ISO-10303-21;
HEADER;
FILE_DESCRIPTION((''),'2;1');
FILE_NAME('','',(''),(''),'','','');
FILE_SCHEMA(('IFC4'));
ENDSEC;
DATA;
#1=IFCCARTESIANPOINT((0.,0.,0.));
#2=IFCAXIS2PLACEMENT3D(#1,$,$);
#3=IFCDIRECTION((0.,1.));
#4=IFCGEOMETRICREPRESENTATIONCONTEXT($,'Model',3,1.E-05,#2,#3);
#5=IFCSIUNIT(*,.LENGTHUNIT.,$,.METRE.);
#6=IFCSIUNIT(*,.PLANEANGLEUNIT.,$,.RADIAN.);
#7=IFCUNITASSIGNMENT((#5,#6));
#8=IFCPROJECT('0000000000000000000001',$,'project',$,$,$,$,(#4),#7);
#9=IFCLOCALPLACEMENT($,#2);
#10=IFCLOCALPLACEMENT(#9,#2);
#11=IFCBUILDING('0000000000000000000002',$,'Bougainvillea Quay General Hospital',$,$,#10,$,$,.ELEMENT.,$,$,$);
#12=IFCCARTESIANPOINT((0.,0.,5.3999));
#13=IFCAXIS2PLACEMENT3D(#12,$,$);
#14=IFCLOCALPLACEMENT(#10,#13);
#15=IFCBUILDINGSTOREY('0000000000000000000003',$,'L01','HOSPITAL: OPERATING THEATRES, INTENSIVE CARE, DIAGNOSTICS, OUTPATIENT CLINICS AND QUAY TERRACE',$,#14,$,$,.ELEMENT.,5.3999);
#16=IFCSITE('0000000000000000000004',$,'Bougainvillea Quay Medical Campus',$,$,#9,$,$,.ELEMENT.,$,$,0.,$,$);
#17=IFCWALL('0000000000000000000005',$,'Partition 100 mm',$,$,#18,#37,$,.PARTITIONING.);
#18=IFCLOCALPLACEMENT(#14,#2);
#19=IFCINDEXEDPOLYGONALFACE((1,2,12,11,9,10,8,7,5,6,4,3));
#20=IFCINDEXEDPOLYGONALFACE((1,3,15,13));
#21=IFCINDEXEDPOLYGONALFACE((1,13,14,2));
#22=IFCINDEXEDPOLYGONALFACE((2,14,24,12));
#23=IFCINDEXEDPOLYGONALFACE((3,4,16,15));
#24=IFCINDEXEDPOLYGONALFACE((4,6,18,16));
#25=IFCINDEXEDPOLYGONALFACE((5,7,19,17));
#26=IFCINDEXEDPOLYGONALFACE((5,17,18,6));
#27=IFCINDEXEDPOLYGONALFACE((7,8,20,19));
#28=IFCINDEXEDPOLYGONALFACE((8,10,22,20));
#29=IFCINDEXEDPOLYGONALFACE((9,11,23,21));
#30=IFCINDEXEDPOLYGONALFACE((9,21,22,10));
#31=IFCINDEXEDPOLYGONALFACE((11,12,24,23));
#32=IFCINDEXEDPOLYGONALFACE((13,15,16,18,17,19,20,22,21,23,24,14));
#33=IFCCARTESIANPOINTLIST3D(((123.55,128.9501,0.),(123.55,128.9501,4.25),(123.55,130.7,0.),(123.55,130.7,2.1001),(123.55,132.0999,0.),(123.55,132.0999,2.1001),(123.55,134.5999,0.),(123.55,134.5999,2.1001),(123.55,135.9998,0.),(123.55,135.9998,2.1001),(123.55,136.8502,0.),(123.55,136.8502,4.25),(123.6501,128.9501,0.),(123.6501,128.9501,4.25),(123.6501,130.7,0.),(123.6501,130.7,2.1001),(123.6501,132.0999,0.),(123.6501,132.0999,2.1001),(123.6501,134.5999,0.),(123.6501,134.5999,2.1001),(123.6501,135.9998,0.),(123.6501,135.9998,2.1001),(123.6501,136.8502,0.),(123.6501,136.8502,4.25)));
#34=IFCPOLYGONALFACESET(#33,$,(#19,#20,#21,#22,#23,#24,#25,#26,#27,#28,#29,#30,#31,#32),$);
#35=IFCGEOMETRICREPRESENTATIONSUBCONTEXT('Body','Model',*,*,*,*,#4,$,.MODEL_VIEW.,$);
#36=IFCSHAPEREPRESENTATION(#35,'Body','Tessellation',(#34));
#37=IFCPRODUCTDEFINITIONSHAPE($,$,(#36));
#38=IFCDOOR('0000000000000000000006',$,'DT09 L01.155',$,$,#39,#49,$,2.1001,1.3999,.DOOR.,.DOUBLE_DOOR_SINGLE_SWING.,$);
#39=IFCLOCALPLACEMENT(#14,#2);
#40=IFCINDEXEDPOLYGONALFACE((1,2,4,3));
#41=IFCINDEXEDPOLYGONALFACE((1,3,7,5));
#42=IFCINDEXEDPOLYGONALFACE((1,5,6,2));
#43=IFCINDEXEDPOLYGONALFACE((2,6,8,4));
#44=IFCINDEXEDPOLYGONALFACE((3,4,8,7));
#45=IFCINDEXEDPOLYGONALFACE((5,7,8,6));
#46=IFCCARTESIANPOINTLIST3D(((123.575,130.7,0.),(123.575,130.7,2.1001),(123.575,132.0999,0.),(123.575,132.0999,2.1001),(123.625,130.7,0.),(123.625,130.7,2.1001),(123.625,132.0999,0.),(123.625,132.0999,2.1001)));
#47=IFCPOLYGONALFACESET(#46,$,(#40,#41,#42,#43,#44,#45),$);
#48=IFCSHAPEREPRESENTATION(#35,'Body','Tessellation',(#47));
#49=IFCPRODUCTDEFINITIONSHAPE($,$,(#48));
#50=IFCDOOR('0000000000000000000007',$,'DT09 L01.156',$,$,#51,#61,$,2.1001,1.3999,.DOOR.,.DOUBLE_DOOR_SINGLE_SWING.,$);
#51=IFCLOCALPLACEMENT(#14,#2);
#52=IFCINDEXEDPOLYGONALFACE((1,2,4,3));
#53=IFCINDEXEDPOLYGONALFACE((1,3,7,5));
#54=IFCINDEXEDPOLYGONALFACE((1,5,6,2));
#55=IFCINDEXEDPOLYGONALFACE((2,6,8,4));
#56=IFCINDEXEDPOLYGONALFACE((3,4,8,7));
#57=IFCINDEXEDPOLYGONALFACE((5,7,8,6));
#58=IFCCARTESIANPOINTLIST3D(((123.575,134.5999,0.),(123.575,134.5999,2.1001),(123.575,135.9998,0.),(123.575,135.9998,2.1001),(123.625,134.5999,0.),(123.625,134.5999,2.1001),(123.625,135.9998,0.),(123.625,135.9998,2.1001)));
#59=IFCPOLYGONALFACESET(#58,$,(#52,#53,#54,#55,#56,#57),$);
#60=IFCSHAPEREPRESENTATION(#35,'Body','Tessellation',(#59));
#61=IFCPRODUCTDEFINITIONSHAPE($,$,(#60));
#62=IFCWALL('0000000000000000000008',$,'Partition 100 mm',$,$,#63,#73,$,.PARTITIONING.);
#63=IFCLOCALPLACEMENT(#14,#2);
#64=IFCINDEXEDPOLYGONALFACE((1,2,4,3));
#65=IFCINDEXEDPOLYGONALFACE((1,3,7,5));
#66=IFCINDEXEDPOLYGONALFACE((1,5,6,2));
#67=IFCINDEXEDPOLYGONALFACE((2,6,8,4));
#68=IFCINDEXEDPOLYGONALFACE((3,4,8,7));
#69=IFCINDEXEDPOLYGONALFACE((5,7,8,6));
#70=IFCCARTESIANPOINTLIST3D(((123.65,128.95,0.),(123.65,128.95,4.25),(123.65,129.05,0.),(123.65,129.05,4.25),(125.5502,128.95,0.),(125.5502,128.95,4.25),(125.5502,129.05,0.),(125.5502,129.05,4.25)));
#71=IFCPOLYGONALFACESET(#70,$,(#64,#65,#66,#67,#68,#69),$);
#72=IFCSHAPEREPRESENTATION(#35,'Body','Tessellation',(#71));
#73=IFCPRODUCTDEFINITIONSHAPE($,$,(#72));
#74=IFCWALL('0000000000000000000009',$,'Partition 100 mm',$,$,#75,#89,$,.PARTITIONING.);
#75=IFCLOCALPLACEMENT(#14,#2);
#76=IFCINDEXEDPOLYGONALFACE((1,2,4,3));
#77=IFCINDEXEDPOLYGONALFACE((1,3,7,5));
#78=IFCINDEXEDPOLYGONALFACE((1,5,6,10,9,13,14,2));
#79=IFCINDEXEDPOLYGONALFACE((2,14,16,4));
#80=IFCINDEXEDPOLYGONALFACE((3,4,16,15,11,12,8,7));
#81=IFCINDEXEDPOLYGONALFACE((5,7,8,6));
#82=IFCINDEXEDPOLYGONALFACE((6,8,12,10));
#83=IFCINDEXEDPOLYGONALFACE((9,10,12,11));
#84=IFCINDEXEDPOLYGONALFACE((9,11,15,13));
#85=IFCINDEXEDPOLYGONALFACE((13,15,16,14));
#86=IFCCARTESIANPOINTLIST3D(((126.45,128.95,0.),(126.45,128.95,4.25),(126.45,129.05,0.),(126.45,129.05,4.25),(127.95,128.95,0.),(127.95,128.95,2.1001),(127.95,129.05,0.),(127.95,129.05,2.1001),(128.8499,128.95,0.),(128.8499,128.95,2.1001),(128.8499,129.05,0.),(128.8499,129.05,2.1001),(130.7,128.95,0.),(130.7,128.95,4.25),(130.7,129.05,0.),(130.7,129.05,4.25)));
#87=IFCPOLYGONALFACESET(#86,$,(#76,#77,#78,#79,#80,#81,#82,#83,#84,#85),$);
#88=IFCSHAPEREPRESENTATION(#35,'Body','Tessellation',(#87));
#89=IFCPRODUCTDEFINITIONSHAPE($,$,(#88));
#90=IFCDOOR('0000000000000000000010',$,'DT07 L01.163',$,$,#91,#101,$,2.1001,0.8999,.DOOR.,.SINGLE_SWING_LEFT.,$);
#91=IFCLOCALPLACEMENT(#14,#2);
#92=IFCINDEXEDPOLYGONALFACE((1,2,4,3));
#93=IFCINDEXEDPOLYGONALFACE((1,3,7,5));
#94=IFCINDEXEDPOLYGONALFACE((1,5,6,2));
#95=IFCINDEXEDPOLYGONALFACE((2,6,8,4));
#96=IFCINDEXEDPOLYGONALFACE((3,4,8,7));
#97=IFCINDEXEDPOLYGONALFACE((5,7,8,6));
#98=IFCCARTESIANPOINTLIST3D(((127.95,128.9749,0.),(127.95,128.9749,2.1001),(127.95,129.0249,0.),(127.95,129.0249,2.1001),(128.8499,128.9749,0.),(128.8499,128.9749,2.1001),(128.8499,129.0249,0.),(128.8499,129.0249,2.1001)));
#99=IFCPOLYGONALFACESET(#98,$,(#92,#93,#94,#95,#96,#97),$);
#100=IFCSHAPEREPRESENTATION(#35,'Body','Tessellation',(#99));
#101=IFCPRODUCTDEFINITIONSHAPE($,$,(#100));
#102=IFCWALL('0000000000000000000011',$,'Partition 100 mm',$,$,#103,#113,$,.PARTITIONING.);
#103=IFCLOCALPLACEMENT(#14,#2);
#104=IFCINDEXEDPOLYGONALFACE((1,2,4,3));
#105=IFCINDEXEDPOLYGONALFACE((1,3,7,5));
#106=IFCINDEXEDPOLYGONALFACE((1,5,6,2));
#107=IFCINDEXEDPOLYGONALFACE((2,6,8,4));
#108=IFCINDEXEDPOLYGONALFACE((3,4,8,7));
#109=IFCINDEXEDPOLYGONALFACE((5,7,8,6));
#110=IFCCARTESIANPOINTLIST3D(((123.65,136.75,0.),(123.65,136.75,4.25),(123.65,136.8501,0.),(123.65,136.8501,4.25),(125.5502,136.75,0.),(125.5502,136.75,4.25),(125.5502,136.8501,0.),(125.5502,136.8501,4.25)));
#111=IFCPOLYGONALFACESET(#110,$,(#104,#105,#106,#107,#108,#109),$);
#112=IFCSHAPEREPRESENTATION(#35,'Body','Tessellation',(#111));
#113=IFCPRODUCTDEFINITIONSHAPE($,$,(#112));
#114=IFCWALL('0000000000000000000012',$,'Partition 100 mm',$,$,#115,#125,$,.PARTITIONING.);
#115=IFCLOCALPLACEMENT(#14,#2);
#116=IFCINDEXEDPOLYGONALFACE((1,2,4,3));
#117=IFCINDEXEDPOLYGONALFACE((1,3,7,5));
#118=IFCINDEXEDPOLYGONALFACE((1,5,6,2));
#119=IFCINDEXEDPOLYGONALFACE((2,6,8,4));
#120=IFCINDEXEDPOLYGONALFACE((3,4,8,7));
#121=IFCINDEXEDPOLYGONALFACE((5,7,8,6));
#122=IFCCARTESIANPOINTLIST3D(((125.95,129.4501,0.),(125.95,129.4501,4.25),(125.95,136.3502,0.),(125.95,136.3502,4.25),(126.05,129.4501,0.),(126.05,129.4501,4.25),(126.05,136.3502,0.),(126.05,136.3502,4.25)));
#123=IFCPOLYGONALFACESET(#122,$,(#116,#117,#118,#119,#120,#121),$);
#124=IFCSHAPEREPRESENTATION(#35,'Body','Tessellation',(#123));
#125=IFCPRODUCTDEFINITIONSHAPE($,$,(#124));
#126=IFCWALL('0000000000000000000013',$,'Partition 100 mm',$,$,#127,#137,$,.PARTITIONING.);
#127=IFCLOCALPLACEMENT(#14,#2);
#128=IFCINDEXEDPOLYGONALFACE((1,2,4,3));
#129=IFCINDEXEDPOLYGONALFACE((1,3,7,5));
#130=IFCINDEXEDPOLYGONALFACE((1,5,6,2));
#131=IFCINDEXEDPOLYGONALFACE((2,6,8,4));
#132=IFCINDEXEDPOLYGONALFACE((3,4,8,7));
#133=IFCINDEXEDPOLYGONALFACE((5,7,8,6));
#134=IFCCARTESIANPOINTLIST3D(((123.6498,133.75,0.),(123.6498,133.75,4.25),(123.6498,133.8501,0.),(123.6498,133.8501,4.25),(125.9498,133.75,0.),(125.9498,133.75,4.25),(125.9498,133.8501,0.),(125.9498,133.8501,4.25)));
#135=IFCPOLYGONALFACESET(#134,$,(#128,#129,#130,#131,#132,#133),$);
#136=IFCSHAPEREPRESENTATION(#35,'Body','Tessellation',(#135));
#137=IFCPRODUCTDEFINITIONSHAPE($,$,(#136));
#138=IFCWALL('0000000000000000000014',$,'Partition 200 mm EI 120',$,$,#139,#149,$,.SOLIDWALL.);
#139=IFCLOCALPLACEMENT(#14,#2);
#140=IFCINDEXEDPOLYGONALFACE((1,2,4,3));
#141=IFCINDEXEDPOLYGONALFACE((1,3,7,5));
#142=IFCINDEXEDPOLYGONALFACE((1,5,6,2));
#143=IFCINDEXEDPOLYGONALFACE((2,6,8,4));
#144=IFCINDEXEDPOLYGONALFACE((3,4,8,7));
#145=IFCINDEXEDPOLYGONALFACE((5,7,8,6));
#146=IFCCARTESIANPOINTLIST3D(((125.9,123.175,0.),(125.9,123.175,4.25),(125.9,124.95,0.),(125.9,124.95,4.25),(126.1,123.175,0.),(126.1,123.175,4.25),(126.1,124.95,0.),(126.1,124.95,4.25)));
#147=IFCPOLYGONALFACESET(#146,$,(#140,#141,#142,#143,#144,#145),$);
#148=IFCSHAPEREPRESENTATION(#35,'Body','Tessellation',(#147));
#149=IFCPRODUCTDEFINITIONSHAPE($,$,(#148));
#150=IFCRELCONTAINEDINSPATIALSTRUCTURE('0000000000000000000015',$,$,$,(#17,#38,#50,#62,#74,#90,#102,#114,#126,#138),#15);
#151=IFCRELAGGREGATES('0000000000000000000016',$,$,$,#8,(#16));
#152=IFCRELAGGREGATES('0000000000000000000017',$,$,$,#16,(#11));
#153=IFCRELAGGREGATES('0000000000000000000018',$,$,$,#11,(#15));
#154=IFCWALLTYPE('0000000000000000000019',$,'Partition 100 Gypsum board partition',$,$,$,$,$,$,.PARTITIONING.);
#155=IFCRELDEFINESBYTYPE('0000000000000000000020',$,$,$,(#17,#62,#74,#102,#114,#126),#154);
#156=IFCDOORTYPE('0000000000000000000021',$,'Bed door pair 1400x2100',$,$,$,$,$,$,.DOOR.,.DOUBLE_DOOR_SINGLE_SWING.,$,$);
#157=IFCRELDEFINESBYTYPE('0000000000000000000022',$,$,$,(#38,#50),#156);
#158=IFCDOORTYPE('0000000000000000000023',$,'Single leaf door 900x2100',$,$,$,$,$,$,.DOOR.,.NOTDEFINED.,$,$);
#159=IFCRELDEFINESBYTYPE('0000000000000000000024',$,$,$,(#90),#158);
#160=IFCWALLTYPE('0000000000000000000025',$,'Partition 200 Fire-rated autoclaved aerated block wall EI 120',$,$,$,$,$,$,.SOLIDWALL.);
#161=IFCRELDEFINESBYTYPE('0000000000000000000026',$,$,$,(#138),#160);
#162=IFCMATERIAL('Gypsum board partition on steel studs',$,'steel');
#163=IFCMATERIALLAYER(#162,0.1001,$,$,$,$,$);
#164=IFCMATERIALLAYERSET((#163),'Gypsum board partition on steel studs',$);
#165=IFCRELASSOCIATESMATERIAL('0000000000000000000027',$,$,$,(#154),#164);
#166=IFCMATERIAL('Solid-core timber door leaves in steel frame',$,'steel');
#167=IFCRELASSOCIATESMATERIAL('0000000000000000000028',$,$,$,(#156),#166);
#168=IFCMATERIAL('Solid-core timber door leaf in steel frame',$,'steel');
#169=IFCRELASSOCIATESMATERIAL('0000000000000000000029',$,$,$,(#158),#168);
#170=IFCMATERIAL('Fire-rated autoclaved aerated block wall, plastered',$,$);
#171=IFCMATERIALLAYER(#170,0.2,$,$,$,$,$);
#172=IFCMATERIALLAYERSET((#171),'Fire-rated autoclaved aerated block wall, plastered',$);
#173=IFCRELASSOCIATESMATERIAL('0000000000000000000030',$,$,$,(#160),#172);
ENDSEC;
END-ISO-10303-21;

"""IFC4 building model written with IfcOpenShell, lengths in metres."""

from ifc_helpers import new_model, si_unit, direction, frame, frame_2d, origin, place, context, subcontext, project, spatial, rectangle, extrude, material, layer, layer_set, type_object, element, fill, save


model = new_model("IFC4")

# Units and contexts
model_context = context("Model", 3, precision=1e-05, world=origin(), true_north=direction((0.0, 1.0)))
body_context = subcontext(model_context, "Body", "Model", "MODEL_VIEW")
ifc_project = project(units=[si_unit("LENGTHUNIT", "METRE"), si_unit("PLANEANGLEUNIT", "RADIAN")], contexts=[model_context])

# Site, building, storey
site_placement = place(None, origin())
site = spatial("IfcSite", under=ifc_project, at=site_placement, Name="Bougainvillea Quay Medical Campus", CompositionType="ELEMENT", RefElevation=0.0)
building_placement = place(site_placement, origin())
building = spatial("IfcBuilding", under=site, at=building_placement, Name="Bougainvillea Quay General Hospital", CompositionType="ELEMENT")
storey_placement = place(building_placement, frame((0.0, 0.0, 5.3999)))
storey = spatial("IfcBuildingStorey", under=building, at=storey_placement, Name="L01", Description="HOSPITAL: OPERATING THEATRES, INTENSIVE CARE, DIAGNOSTICS, OUTPATIENT CLINICS AND QUAY TERRACE", CompositionType="ELEMENT", Elevation=5.3999)

# Shared definitions
ifc_material_1 = material(Name="Gypsum board partition on steel studs", Category="steel")
ifc_layer_1 = layer(ifc_material_1, 0.1001)
ifc_layer_set_1 = layer_set([ifc_layer_1], Name="Gypsum board partition on steel studs")
wall_type_1 = type_object("IfcWallType", Name="Partition 100 Gypsum board partition", PredefinedType="PARTITIONING", material=ifc_layer_set_1)

# Wall, openings, doors
wall_1_placement = place(storey_placement, frame((123.6001, 128.95, 0.0), z_axis=(0.0, 0.0, 1.0), x_axis=(0.0, 1.0, 0.0)))
wall_1 = element("IfcWall", 1, at=wall_1_placement, inside=storey, type_object=wall_type_1, Name="Partition 100 mm", PredefinedType="PARTITIONING", context=body_context, shape_type="SweptSolid", body=[
    extrude(rectangle(XDim=7.9001, YDim=0.1001, at=frame_2d((3.9502, 0.0))), origin(), (0.0, 0.0, 1.0), 4.25),
])
opening_1_placement = place(wall_1_placement, frame((1.75, 0.0, 0.0)))
opening_1 = element("IfcOpeningElement", 2, at=opening_1_placement, cuts=wall_1, PredefinedType="OPENING", context=body_context, shape_type="SweptSolid", body=[
    extrude(rectangle(XDim=1.3999, YDim=2.1001, at=frame_2d((0.7, 1.05))), frame((0.0, 0.0601, 0.0), z_axis=(0.0, -1.0, 0.0), x_axis=(1.0, 0.0, 0.0)), (0.0, 0.0, 1.0), 0.1201),
])
opening_2_placement = place(wall_1_placement, frame((5.6499, 0.0, 0.0)))
opening_2 = element("IfcOpeningElement", 3, at=opening_2_placement, cuts=wall_1, PredefinedType="OPENING", context=body_context, shape_type="SweptSolid", body=[
    extrude(rectangle(XDim=1.3999, YDim=2.1001, at=frame_2d((0.7, 1.05))), frame((0.0, 0.0601, 0.0), z_axis=(0.0, -1.0, 0.0), x_axis=(1.0, 0.0, 0.0)), (0.0, 0.0, 1.0), 0.1201),
])
ifc_material_2 = material(Name="Solid-core timber door leaves in steel frame", Category="steel")
door_type_1 = type_object("IfcDoorType", Name="Bed door pair 1400x2100", OperationType="DOUBLE_DOOR_SINGLE_SWING", PredefinedType="DOOR", material=ifc_material_2)
door_1_placement = place(opening_1_placement, frame((1.3999, 0.0, 0.0), z_axis=(0.0, 0.0, 1.0), x_axis=(-1.0, 0.0, 0.0)))
door_1 = element("IfcDoor", 4, at=door_1_placement, inside=storey, type_object=door_type_1, Name="DT09 L01.155", OperationType="DOUBLE_DOOR_SINGLE_SWING", OverallHeight=2.1001, OverallWidth=1.3999, PredefinedType="DOOR", context=body_context, shape_type="SweptSolid", body=[
    extrude(rectangle(XDim=1.3999, YDim=2.1001, at=frame_2d((0.7, 1.05))), frame((0.0, 0.0249, 0.0), z_axis=(0.0, -1.0, 0.0), x_axis=(1.0, 0.0, 0.0)), (0.0, 0.0, 1.0), 0.05),
])
fill(opening_1, door_1)
door_2_placement = place(opening_2_placement, frame((1.3999, 0.0, 0.0), z_axis=(0.0, 0.0, 1.0), x_axis=(-1.0, 0.0, 0.0)))
door_2 = element("IfcDoor", 5, at=door_2_placement, inside=storey, type_object=door_type_1, Name="DT09 L01.156", OperationType="DOUBLE_DOOR_SINGLE_SWING", OverallHeight=2.1001, OverallWidth=1.3999, PredefinedType="DOOR", context=body_context, shape_type="SweptSolid", body=[
    extrude(rectangle(XDim=1.3999, YDim=2.1001, at=frame_2d((0.7, 1.05))), frame((0.0, 0.0249, 0.0), z_axis=(0.0, -1.0, 0.0), x_axis=(1.0, 0.0, 0.0)), (0.0, 0.0, 1.0), 0.05),
])
fill(opening_2, door_2)

# Wall
wall_2_placement = place(storey_placement, frame((123.6499, 129.0, 0.0), z_axis=(0.0, 0.0, 1.0), x_axis=(1.0, 0.0, 0.0)))
element("IfcWall", 6, at=wall_2_placement, inside=storey, type_object=wall_type_1, Name="Partition 100 mm", PredefinedType="PARTITIONING", context=body_context, shape_type="SweptSolid", body=[
    extrude(rectangle(XDim=1.9001, YDim=0.1001, at=frame_2d((0.9502, 0.0))), origin(), (0.0, 0.0, 1.0), 4.25),
])

# Wall, opening, door
wall_3_placement = place(storey_placement, frame((126.45, 129.0, 0.0), z_axis=(0.0, 0.0, 1.0), x_axis=(1.0, 0.0, 0.0)))
wall_3 = element("IfcWall", 7, at=wall_3_placement, inside=storey, type_object=wall_type_1, Name="Partition 100 mm", PredefinedType="PARTITIONING", context=body_context, shape_type="SweptSolid", body=[
    extrude(rectangle(XDim=4.25, YDim=0.1001, at=frame_2d((2.125, 0.0))), origin(), (0.0, 0.0, 1.0), 4.25),
])
opening_3_placement = place(wall_3_placement, frame((1.5, 0.0, 0.0)))
opening_3 = element("IfcOpeningElement", 8, at=opening_3_placement, cuts=wall_3, PredefinedType="OPENING", context=body_context, shape_type="SweptSolid", body=[
    extrude(rectangle(XDim=0.8999, YDim=2.1001, at=frame_2d((0.45, 1.05))), frame((0.0, 0.0601, 0.0), z_axis=(0.0, -1.0, 0.0), x_axis=(1.0, 0.0, 0.0)), (0.0, 0.0, 1.0), 0.1201),
])
ifc_material_3 = material(Name="Solid-core timber door leaf in steel frame", Category="steel")
door_type_2 = type_object("IfcDoorType", Name="Single leaf door 900x2100", OperationType="NOTDEFINED", PredefinedType="DOOR", material=ifc_material_3)
door_3_placement = place(opening_3_placement, origin())
door_3 = element("IfcDoor", 9, at=door_3_placement, inside=storey, type_object=door_type_2, Name="DT07 L01.163", OperationType="SINGLE_SWING_LEFT", OverallHeight=2.1001, OverallWidth=0.8999, PredefinedType="DOOR", context=body_context, shape_type="SweptSolid", body=[
    extrude(rectangle(XDim=0.8999, YDim=2.1001, at=frame_2d((0.45, 1.05))), frame((0.0, 0.0249, 0.0), z_axis=(0.0, -1.0, 0.0), x_axis=(1.0, 0.0, 0.0)), (0.0, 0.0, 1.0), 0.05),
])
fill(opening_3, door_3)

# Walls
wall_4_placement = place(storey_placement, frame((123.6499, 136.8, 0.0), z_axis=(0.0, 0.0, 1.0), x_axis=(1.0, 0.0, 0.0)))
element("IfcWall", 10, at=wall_4_placement, inside=storey, type_object=wall_type_1, Name="Partition 100 mm", PredefinedType="PARTITIONING", context=body_context, shape_type="SweptSolid", body=[
    extrude(rectangle(XDim=1.9001, YDim=0.1001, at=frame_2d((0.9502, 0.0))), origin(), (0.0, 0.0, 1.0), 4.25),
])
wall_5_placement = place(storey_placement, frame((126.0, 129.45, 0.0), z_axis=(0.0, 0.0, 1.0), x_axis=(0.0, 1.0, 0.0)))
element("IfcWall", 11, at=wall_5_placement, inside=storey, type_object=wall_type_1, Name="Partition 100 mm", PredefinedType="PARTITIONING", context=body_context, shape_type="SweptSolid", body=[
    extrude(rectangle(XDim=6.9001, YDim=0.1001, at=frame_2d((3.4502, 0.0))), origin(), (0.0, 0.0, 1.0), 4.25),
])
wall_6_placement = place(storey_placement, frame((123.6499, 133.8, 0.0), z_axis=(0.0, 0.0, 1.0), x_axis=(1.0, 0.0, 0.0)))
element("IfcWall", 12, at=wall_6_placement, inside=storey, type_object=wall_type_1, Name="Partition 100 mm", PredefinedType="PARTITIONING", context=body_context, shape_type="SweptSolid", body=[
    extrude(rectangle(XDim=2.3, YDim=0.1001, at=frame_2d((1.1499, 0.0))), origin(), (0.0, 0.0, 1.0), 4.25),
])
ifc_material_4 = material(Name="Fire-rated autoclaved aerated block wall, plastered")
ifc_layer_2 = layer(ifc_material_4, 0.2)
ifc_layer_set_2 = layer_set([ifc_layer_2], Name="Fire-rated autoclaved aerated block wall, plastered")
wall_type_2 = type_object("IfcWallType", Name="Partition 200 Fire-rated autoclaved aerated block wall EI 120", PredefinedType="SOLIDWALL", material=ifc_layer_set_2)
wall_7_placement = place(storey_placement, frame((126.0, 123.175, 0.0), z_axis=(0.0, 0.0, 1.0), x_axis=(0.0, 1.0, 0.0)))
element("IfcWall", 13, at=wall_7_placement, inside=storey, type_object=wall_type_2, Name="Partition 200 mm EI 120", PredefinedType="SOLIDWALL", context=body_context, shape_type="SweptSolid", body=[
    extrude(rectangle(XDim=1.7749, YDim=0.2, at=frame_2d((0.8875, 0.0))), origin(), (0.0, 0.0, 1.0), 4.25),
])

save(model, "model.ifc")
